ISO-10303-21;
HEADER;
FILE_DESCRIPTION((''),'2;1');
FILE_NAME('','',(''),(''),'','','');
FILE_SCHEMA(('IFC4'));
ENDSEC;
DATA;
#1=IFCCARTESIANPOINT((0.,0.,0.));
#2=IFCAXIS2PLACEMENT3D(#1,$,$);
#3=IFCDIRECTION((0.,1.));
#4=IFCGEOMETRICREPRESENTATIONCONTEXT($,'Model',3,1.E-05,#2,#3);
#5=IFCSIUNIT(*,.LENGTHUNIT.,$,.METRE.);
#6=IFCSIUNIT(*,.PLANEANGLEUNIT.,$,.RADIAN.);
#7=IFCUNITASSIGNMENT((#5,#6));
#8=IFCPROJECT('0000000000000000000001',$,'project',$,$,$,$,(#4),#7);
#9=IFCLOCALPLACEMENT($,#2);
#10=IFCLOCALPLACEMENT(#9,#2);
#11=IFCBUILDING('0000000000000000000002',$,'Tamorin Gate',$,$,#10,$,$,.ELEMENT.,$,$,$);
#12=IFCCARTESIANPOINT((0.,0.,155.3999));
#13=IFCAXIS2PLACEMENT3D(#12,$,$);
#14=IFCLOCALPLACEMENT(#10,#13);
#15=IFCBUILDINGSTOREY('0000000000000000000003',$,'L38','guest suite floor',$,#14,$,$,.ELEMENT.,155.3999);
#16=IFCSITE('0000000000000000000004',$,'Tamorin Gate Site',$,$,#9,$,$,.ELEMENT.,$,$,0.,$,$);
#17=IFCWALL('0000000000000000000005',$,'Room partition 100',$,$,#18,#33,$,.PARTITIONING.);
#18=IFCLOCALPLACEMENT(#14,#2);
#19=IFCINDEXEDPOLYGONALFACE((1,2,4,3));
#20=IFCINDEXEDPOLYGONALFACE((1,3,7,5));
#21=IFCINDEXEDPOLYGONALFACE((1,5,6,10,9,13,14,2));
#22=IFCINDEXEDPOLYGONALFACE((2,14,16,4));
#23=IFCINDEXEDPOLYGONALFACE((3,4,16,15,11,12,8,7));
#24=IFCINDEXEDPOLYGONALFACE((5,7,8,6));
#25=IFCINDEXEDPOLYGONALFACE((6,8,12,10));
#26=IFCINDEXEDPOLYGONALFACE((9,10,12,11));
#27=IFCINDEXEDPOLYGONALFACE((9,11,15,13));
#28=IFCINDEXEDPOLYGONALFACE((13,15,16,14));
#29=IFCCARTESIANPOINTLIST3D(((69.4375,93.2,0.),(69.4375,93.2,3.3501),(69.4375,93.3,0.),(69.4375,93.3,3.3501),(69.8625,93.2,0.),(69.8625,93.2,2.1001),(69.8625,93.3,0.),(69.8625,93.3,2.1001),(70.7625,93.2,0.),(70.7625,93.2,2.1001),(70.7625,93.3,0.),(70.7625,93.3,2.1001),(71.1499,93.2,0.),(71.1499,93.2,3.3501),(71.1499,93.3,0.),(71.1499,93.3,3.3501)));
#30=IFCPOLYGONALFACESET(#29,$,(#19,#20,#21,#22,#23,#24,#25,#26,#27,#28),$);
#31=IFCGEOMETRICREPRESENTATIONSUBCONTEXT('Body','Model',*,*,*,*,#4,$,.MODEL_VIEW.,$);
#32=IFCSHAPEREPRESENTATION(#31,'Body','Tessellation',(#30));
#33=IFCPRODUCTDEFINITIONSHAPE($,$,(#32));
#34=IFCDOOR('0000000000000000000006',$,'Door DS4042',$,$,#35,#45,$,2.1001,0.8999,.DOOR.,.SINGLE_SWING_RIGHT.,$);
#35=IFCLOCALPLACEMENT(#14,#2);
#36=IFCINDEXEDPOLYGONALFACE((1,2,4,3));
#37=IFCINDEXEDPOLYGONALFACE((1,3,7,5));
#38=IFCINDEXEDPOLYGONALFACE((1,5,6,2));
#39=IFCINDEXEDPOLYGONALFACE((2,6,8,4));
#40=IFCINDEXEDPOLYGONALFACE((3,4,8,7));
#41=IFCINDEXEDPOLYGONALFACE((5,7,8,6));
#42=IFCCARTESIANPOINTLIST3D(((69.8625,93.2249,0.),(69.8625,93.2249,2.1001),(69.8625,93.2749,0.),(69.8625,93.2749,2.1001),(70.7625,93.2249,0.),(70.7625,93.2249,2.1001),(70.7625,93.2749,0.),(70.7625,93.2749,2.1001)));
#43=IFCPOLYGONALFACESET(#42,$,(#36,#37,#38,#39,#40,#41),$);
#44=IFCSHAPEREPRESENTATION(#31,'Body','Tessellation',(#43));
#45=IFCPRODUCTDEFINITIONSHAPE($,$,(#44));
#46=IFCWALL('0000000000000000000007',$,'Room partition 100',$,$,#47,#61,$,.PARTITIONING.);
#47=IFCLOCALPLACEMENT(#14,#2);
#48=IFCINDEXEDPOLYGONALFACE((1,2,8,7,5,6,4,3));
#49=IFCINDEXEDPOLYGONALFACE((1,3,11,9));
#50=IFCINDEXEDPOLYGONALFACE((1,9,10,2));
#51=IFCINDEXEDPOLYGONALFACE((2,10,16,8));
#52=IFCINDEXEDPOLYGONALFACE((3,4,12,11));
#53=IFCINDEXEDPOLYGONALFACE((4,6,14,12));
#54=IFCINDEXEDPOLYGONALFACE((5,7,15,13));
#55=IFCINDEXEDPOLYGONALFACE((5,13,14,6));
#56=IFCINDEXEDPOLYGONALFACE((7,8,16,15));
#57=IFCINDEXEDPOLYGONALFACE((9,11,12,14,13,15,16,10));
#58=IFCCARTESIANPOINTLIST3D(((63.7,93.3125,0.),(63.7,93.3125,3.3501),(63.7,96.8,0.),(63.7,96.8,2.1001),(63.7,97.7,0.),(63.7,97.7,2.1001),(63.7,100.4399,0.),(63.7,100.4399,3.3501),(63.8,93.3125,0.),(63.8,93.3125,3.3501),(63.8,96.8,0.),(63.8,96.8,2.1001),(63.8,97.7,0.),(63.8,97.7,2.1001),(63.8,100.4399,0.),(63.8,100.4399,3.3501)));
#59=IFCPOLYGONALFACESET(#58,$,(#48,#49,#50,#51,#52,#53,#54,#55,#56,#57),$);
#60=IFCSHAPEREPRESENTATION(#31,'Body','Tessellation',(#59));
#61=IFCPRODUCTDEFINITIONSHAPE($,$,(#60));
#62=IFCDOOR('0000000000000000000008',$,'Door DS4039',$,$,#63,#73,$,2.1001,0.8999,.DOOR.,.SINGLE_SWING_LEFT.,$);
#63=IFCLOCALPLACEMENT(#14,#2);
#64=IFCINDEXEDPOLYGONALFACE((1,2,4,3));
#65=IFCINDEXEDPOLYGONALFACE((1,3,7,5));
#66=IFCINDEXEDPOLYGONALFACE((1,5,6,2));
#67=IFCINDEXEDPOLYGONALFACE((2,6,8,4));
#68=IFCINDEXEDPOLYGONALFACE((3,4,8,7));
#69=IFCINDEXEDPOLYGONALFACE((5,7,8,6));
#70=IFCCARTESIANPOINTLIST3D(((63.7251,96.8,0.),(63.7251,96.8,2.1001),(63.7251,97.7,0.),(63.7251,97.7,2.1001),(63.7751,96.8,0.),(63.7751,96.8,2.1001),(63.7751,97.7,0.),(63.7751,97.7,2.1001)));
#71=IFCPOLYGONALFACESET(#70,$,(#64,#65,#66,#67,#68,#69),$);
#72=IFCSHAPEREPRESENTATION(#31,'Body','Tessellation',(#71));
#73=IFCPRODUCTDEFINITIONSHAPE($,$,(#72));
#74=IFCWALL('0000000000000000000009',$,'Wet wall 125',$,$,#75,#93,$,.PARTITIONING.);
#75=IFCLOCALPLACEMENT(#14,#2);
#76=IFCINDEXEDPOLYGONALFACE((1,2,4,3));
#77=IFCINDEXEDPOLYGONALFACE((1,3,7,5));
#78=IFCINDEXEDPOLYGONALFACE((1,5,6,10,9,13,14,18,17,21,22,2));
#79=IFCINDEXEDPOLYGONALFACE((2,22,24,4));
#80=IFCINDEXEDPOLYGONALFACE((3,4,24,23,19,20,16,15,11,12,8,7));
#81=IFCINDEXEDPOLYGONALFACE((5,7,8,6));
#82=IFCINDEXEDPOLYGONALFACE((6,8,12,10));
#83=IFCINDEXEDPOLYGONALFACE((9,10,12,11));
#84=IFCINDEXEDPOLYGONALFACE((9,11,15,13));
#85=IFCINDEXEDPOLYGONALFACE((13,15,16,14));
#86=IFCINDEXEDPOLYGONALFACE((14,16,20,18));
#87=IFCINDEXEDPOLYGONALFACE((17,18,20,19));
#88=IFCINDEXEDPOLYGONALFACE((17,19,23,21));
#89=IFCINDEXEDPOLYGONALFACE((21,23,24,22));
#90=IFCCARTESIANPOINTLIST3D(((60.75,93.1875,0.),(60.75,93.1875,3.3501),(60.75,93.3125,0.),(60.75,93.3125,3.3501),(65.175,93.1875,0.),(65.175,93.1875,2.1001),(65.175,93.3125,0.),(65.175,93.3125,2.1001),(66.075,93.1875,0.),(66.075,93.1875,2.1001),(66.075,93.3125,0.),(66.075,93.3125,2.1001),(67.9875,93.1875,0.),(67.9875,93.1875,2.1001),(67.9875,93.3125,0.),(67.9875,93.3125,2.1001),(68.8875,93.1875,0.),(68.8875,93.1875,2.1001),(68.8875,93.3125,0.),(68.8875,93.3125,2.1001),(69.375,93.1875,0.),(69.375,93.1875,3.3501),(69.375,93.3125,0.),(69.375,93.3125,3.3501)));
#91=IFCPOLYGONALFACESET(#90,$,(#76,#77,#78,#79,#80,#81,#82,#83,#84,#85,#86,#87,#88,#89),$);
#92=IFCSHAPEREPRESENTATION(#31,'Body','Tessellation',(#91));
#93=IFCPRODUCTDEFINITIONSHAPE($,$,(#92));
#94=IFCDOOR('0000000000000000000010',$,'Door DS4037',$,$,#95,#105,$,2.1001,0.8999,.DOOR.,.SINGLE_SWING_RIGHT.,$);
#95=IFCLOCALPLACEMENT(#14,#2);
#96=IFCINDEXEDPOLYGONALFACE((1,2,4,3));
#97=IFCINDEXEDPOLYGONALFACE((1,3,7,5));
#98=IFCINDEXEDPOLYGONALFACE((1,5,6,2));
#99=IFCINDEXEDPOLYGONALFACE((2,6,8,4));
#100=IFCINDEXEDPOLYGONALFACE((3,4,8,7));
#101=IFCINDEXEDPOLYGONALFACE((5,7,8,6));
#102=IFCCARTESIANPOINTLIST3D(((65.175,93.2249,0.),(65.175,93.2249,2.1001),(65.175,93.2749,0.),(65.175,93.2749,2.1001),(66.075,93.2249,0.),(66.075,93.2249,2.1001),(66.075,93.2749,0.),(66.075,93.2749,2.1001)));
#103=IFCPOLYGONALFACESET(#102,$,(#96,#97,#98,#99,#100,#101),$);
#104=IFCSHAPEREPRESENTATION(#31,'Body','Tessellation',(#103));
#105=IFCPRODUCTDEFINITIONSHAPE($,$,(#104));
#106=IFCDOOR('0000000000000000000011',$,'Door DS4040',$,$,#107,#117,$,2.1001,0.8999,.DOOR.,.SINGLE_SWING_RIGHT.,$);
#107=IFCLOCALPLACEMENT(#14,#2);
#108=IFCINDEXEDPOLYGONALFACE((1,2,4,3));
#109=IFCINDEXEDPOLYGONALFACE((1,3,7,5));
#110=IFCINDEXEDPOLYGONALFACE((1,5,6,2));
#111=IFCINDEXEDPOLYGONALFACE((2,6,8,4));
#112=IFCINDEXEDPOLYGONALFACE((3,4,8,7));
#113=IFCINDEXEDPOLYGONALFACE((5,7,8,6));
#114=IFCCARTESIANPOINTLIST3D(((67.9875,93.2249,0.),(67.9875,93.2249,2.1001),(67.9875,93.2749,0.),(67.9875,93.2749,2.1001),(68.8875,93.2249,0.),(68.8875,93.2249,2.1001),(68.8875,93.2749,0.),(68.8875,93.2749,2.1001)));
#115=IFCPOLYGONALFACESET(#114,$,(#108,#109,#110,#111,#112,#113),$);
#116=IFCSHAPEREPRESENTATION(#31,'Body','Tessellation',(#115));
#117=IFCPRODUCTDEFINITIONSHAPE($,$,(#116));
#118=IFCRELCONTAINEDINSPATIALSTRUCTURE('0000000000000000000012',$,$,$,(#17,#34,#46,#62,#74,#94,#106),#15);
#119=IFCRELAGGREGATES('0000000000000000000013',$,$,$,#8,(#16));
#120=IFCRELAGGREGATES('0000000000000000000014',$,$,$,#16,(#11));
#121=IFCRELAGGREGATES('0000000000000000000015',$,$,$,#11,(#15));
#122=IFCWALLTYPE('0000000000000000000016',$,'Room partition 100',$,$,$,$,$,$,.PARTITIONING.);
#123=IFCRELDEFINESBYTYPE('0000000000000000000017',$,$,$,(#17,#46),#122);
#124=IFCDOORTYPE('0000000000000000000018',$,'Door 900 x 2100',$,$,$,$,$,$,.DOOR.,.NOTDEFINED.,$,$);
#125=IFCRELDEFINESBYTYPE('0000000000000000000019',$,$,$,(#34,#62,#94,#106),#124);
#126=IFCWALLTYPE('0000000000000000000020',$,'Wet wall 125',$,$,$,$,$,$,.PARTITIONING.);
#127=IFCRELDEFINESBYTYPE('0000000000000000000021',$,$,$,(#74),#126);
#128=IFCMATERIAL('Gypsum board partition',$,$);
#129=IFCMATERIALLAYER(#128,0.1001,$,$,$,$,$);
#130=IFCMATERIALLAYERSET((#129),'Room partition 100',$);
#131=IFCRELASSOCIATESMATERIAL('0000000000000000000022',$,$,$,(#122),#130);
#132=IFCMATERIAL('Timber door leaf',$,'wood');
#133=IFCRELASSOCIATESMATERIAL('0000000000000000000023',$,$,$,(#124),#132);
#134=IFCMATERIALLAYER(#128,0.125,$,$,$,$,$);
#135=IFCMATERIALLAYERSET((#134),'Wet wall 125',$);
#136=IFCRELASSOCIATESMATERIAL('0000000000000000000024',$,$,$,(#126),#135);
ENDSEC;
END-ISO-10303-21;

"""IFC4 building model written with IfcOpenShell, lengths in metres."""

from ifc_helpers import new_model, si_unit, direction, frame, frame_2d, origin, place, context, subcontext, project, spatial, rectangle, extrude, material, layer, layer_set, type_object, element, fill, save


model = new_model("IFC4")

# Units and contexts
model_context = context("Model", 3, precision=1e-05, world=origin(), true_north=direction((0.0, 1.0)))
body_context = subcontext(model_context, "Body", "Model", "MODEL_VIEW")
ifc_project = project(units=[si_unit("LENGTHUNIT", "METRE"), si_unit("PLANEANGLEUNIT", "RADIAN")], contexts=[model_context])

# Site, building, storey
site_placement = place(None, origin())
site = spatial("IfcSite", under=ifc_project, at=site_placement, Name="Tamorin Gate Site", CompositionType="ELEMENT", RefElevation=0.0)
building_placement = place(site_placement, origin())
building = spatial("IfcBuilding", under=site, at=building_placement, Name="Tamorin Gate", CompositionType="ELEMENT")
storey_placement = place(building_placement, frame((0.0, 0.0, 155.3999)))
storey = spatial("IfcBuildingStorey", under=building, at=storey_placement, Name="L38", Description="guest suite floor", CompositionType="ELEMENT", Elevation=155.3999)

# Walls, openings, doors
ifc_material_1 = material(Name="Gypsum board partition")
ifc_layer_1 = layer(ifc_material_1, 0.1001)
ifc_layer_set_1 = layer_set([ifc_layer_1], Name="Room partition 100")
wall_type_1 = type_object("IfcWallType", Name="Room partition 100", PredefinedType="PARTITIONING", material=ifc_layer_set_1)
wall_1_placement = place(storey_placement, frame((69.4375, 93.25, 0.0), z_axis=(0.0, 0.0, 1.0), x_axis=(1.0, 0.0, 0.0)))
wall_1 = element("IfcWall", 1, at=wall_1_placement, inside=storey, type_object=wall_type_1, Name="Room partition 100", PredefinedType="PARTITIONING", context=body_context, shape_type="SweptSolid", body=[
    extrude(rectangle(XDim=1.7124, YDim=0.1001, at=frame_2d((0.8562, 0.0))), origin(), (0.0, 0.0, 1.0), 3.3501),
])
opening_1_placement = place(wall_1_placement, frame((0.425, 0.0, 0.0)))
opening_1 = element("IfcOpeningElement", 2, at=opening_1_placement, cuts=wall_1, PredefinedType="OPENING", context=body_context, shape_type="SweptSolid", body=[
    extrude(rectangle(XDim=0.8999, YDim=2.1001, at=frame_2d((0.45, 1.05))), frame((0.0, 0.0601, 0.0), z_axis=(0.0, -1.0, 0.0), x_axis=(1.0, 0.0, 0.0)), (0.0, 0.0, 1.0), 0.1201),
])
ifc_material_2 = material(Name="Timber door leaf", Category="wood")
door_type = type_object("IfcDoorType", Name="Door 900 x 2100", OperationType="NOTDEFINED", PredefinedType="DOOR", material=ifc_material_2)
door_1_placement = place(opening_1_placement, origin())
door_1 = element("IfcDoor", 3, at=door_1_placement, inside=storey, type_object=door_type, Name="Door DS4042", OperationType="SINGLE_SWING_RIGHT", OverallHeight=2.1001, OverallWidth=0.8999, PredefinedType="DOOR", context=body_context, shape_type="SweptSolid", body=[
    extrude(rectangle(XDim=0.8999, YDim=2.1001, at=frame_2d((0.45, 1.05))), frame((0.0, 0.0249, 0.0), z_axis=(0.0, -1.0, 0.0), x_axis=(1.0, 0.0, 0.0)), (0.0, 0.0, 1.0), 0.05),
])
fill(opening_1, door_1)
wall_2_placement = place(storey_placement, frame((63.75, 93.3125, 0.0), z_axis=(0.0, 0.0, 1.0), x_axis=(0.0, 1.0, 0.0)))
wall_2 = element("IfcWall", 4, at=wall_2_placement, inside=storey, type_object=wall_type_1, Name="Room partition 100", PredefinedType="PARTITIONING", context=body_context, shape_type="SweptSolid", body=[
    extrude(rectangle(XDim=7.1274, YDim=0.1001, at=frame_2d((3.5637, 0.0))), origin(), (0.0, 0.0, 1.0), 3.3501),
])
opening_2_placement = place(wall_2_placement, frame((3.4875, 0.0, 0.0)))
opening_2 = element("IfcOpeningElement", 5, at=opening_2_placement, cuts=wall_2, PredefinedType="OPENING", context=body_context, shape_type="SweptSolid", body=[
    extrude(rectangle(XDim=0.8999, YDim=2.1001, at=frame_2d((0.45, 1.05))), frame((0.0, 0.0601, 0.0), z_axis=(0.0, -1.0, 0.0), x_axis=(1.0, 0.0, 0.0)), (0.0, 0.0, 1.0), 0.1201),
])
door_2_placement = place(opening_2_placement, origin())
door_2 = element("IfcDoor", 6, at=door_2_placement, inside=storey, type_object=door_type, Name="Door DS4039", OperationType="SINGLE_SWING_LEFT", OverallHeight=2.1001, OverallWidth=0.8999, PredefinedType="DOOR", context=body_context, shape_type="SweptSolid", body=[
    extrude(rectangle(XDim=0.8999, YDim=2.1001, at=frame_2d((0.45, 1.05))), frame((0.0, 0.0249, 0.0), z_axis=(0.0, -1.0, 0.0), x_axis=(1.0, 0.0, 0.0)), (0.0, 0.0, 1.0), 0.05),
])
fill(opening_2, door_2)

# Wall, openings, doors
ifc_layer_2 = layer(ifc_material_1, 0.125)
ifc_layer_set_2 = layer_set([ifc_layer_2], Name="Wet wall 125")
wall_type_2 = type_object("IfcWallType", Name="Wet wall 125", PredefinedType="PARTITIONING", material=ifc_layer_set_2)
wall_3_placement = place(storey_placement, frame((60.75, 93.25, 0.0), z_axis=(0.0, 0.0, 1.0), x_axis=(1.0, 0.0, 0.0)))
wall_3 = element("IfcWall", 7, at=wall_3_placement, inside=storey, type_object=wall_type_2, Name="Wet wall 125", PredefinedType="PARTITIONING", context=body_context, shape_type="SweptSolid", body=[
    extrude(rectangle(XDim=8.625, YDim=0.125, at=frame_2d((4.3125, 0.0))), origin(), (0.0, 0.0, 1.0), 3.3501),
])
opening_3_placement = place(wall_3_placement, frame((4.425, 0.0, 0.0)))
opening_3 = element("IfcOpeningElement", 8, at=opening_3_placement, cuts=wall_3, PredefinedType="OPENING", context=body_context, shape_type="SweptSolid", body=[
    extrude(rectangle(XDim=0.8999, YDim=2.1001, at=frame_2d((0.45, 1.05))), frame((0.0, 0.0725, 0.0), z_axis=(0.0, -1.0, 0.0), x_axis=(1.0, 0.0, 0.0)), (0.0, 0.0, 1.0), 0.145),
])
opening_4_placement = place(wall_3_placement, frame((7.2375, 0.0, 0.0)))
opening_4 = element("IfcOpeningElement", 9, at=opening_4_placement, cuts=wall_3, PredefinedType="OPENING", context=body_context, shape_type="SweptSolid", body=[
    extrude(rectangle(XDim=0.8999, YDim=2.1001, at=frame_2d((0.45, 1.05))), frame((0.0, 0.0725, 0.0), z_axis=(0.0, -1.0, 0.0), x_axis=(1.0, 0.0, 0.0)), (0.0, 0.0, 1.0), 0.145),
])
door_3_placement = place(opening_3_placement, origin())
door_3 = element("IfcDoor", 10, at=door_3_placement, inside=storey, type_object=door_type, Name="Door DS4037", OperationType="SINGLE_SWING_RIGHT", OverallHeight=2.1001, OverallWidth=0.8999, PredefinedType="DOOR", context=body_context, shape_type="SweptSolid", body=[
    extrude(rectangle(XDim=0.8999, YDim=2.1001, at=frame_2d((0.45, 1.05))), frame((0.0, 0.0249, 0.0), z_axis=(0.0, -1.0, 0.0), x_axis=(1.0, 0.0, 0.0)), (0.0, 0.0, 1.0), 0.05),
])
fill(opening_3, door_3)
door_4_placement = place(opening_4_placement, origin())
door_4 = element("IfcDoor", 11, at=door_4_placement, inside=storey, type_object=door_type, Name="Door DS4040", OperationType="SINGLE_SWING_RIGHT", OverallHeight=2.1001, OverallWidth=0.8999, PredefinedType="DOOR", context=body_context, shape_type="SweptSolid", body=[
    extrude(rectangle(XDim=0.8999, YDim=2.1001, at=frame_2d((0.45, 1.05))), frame((0.0, 0.0249, 0.0), z_axis=(0.0, -1.0, 0.0), x_axis=(1.0, 0.0, 0.0)), (0.0, 0.0, 1.0), 0.05),
])
fill(opening_4, door_4)

save(model, "model.ifc")
